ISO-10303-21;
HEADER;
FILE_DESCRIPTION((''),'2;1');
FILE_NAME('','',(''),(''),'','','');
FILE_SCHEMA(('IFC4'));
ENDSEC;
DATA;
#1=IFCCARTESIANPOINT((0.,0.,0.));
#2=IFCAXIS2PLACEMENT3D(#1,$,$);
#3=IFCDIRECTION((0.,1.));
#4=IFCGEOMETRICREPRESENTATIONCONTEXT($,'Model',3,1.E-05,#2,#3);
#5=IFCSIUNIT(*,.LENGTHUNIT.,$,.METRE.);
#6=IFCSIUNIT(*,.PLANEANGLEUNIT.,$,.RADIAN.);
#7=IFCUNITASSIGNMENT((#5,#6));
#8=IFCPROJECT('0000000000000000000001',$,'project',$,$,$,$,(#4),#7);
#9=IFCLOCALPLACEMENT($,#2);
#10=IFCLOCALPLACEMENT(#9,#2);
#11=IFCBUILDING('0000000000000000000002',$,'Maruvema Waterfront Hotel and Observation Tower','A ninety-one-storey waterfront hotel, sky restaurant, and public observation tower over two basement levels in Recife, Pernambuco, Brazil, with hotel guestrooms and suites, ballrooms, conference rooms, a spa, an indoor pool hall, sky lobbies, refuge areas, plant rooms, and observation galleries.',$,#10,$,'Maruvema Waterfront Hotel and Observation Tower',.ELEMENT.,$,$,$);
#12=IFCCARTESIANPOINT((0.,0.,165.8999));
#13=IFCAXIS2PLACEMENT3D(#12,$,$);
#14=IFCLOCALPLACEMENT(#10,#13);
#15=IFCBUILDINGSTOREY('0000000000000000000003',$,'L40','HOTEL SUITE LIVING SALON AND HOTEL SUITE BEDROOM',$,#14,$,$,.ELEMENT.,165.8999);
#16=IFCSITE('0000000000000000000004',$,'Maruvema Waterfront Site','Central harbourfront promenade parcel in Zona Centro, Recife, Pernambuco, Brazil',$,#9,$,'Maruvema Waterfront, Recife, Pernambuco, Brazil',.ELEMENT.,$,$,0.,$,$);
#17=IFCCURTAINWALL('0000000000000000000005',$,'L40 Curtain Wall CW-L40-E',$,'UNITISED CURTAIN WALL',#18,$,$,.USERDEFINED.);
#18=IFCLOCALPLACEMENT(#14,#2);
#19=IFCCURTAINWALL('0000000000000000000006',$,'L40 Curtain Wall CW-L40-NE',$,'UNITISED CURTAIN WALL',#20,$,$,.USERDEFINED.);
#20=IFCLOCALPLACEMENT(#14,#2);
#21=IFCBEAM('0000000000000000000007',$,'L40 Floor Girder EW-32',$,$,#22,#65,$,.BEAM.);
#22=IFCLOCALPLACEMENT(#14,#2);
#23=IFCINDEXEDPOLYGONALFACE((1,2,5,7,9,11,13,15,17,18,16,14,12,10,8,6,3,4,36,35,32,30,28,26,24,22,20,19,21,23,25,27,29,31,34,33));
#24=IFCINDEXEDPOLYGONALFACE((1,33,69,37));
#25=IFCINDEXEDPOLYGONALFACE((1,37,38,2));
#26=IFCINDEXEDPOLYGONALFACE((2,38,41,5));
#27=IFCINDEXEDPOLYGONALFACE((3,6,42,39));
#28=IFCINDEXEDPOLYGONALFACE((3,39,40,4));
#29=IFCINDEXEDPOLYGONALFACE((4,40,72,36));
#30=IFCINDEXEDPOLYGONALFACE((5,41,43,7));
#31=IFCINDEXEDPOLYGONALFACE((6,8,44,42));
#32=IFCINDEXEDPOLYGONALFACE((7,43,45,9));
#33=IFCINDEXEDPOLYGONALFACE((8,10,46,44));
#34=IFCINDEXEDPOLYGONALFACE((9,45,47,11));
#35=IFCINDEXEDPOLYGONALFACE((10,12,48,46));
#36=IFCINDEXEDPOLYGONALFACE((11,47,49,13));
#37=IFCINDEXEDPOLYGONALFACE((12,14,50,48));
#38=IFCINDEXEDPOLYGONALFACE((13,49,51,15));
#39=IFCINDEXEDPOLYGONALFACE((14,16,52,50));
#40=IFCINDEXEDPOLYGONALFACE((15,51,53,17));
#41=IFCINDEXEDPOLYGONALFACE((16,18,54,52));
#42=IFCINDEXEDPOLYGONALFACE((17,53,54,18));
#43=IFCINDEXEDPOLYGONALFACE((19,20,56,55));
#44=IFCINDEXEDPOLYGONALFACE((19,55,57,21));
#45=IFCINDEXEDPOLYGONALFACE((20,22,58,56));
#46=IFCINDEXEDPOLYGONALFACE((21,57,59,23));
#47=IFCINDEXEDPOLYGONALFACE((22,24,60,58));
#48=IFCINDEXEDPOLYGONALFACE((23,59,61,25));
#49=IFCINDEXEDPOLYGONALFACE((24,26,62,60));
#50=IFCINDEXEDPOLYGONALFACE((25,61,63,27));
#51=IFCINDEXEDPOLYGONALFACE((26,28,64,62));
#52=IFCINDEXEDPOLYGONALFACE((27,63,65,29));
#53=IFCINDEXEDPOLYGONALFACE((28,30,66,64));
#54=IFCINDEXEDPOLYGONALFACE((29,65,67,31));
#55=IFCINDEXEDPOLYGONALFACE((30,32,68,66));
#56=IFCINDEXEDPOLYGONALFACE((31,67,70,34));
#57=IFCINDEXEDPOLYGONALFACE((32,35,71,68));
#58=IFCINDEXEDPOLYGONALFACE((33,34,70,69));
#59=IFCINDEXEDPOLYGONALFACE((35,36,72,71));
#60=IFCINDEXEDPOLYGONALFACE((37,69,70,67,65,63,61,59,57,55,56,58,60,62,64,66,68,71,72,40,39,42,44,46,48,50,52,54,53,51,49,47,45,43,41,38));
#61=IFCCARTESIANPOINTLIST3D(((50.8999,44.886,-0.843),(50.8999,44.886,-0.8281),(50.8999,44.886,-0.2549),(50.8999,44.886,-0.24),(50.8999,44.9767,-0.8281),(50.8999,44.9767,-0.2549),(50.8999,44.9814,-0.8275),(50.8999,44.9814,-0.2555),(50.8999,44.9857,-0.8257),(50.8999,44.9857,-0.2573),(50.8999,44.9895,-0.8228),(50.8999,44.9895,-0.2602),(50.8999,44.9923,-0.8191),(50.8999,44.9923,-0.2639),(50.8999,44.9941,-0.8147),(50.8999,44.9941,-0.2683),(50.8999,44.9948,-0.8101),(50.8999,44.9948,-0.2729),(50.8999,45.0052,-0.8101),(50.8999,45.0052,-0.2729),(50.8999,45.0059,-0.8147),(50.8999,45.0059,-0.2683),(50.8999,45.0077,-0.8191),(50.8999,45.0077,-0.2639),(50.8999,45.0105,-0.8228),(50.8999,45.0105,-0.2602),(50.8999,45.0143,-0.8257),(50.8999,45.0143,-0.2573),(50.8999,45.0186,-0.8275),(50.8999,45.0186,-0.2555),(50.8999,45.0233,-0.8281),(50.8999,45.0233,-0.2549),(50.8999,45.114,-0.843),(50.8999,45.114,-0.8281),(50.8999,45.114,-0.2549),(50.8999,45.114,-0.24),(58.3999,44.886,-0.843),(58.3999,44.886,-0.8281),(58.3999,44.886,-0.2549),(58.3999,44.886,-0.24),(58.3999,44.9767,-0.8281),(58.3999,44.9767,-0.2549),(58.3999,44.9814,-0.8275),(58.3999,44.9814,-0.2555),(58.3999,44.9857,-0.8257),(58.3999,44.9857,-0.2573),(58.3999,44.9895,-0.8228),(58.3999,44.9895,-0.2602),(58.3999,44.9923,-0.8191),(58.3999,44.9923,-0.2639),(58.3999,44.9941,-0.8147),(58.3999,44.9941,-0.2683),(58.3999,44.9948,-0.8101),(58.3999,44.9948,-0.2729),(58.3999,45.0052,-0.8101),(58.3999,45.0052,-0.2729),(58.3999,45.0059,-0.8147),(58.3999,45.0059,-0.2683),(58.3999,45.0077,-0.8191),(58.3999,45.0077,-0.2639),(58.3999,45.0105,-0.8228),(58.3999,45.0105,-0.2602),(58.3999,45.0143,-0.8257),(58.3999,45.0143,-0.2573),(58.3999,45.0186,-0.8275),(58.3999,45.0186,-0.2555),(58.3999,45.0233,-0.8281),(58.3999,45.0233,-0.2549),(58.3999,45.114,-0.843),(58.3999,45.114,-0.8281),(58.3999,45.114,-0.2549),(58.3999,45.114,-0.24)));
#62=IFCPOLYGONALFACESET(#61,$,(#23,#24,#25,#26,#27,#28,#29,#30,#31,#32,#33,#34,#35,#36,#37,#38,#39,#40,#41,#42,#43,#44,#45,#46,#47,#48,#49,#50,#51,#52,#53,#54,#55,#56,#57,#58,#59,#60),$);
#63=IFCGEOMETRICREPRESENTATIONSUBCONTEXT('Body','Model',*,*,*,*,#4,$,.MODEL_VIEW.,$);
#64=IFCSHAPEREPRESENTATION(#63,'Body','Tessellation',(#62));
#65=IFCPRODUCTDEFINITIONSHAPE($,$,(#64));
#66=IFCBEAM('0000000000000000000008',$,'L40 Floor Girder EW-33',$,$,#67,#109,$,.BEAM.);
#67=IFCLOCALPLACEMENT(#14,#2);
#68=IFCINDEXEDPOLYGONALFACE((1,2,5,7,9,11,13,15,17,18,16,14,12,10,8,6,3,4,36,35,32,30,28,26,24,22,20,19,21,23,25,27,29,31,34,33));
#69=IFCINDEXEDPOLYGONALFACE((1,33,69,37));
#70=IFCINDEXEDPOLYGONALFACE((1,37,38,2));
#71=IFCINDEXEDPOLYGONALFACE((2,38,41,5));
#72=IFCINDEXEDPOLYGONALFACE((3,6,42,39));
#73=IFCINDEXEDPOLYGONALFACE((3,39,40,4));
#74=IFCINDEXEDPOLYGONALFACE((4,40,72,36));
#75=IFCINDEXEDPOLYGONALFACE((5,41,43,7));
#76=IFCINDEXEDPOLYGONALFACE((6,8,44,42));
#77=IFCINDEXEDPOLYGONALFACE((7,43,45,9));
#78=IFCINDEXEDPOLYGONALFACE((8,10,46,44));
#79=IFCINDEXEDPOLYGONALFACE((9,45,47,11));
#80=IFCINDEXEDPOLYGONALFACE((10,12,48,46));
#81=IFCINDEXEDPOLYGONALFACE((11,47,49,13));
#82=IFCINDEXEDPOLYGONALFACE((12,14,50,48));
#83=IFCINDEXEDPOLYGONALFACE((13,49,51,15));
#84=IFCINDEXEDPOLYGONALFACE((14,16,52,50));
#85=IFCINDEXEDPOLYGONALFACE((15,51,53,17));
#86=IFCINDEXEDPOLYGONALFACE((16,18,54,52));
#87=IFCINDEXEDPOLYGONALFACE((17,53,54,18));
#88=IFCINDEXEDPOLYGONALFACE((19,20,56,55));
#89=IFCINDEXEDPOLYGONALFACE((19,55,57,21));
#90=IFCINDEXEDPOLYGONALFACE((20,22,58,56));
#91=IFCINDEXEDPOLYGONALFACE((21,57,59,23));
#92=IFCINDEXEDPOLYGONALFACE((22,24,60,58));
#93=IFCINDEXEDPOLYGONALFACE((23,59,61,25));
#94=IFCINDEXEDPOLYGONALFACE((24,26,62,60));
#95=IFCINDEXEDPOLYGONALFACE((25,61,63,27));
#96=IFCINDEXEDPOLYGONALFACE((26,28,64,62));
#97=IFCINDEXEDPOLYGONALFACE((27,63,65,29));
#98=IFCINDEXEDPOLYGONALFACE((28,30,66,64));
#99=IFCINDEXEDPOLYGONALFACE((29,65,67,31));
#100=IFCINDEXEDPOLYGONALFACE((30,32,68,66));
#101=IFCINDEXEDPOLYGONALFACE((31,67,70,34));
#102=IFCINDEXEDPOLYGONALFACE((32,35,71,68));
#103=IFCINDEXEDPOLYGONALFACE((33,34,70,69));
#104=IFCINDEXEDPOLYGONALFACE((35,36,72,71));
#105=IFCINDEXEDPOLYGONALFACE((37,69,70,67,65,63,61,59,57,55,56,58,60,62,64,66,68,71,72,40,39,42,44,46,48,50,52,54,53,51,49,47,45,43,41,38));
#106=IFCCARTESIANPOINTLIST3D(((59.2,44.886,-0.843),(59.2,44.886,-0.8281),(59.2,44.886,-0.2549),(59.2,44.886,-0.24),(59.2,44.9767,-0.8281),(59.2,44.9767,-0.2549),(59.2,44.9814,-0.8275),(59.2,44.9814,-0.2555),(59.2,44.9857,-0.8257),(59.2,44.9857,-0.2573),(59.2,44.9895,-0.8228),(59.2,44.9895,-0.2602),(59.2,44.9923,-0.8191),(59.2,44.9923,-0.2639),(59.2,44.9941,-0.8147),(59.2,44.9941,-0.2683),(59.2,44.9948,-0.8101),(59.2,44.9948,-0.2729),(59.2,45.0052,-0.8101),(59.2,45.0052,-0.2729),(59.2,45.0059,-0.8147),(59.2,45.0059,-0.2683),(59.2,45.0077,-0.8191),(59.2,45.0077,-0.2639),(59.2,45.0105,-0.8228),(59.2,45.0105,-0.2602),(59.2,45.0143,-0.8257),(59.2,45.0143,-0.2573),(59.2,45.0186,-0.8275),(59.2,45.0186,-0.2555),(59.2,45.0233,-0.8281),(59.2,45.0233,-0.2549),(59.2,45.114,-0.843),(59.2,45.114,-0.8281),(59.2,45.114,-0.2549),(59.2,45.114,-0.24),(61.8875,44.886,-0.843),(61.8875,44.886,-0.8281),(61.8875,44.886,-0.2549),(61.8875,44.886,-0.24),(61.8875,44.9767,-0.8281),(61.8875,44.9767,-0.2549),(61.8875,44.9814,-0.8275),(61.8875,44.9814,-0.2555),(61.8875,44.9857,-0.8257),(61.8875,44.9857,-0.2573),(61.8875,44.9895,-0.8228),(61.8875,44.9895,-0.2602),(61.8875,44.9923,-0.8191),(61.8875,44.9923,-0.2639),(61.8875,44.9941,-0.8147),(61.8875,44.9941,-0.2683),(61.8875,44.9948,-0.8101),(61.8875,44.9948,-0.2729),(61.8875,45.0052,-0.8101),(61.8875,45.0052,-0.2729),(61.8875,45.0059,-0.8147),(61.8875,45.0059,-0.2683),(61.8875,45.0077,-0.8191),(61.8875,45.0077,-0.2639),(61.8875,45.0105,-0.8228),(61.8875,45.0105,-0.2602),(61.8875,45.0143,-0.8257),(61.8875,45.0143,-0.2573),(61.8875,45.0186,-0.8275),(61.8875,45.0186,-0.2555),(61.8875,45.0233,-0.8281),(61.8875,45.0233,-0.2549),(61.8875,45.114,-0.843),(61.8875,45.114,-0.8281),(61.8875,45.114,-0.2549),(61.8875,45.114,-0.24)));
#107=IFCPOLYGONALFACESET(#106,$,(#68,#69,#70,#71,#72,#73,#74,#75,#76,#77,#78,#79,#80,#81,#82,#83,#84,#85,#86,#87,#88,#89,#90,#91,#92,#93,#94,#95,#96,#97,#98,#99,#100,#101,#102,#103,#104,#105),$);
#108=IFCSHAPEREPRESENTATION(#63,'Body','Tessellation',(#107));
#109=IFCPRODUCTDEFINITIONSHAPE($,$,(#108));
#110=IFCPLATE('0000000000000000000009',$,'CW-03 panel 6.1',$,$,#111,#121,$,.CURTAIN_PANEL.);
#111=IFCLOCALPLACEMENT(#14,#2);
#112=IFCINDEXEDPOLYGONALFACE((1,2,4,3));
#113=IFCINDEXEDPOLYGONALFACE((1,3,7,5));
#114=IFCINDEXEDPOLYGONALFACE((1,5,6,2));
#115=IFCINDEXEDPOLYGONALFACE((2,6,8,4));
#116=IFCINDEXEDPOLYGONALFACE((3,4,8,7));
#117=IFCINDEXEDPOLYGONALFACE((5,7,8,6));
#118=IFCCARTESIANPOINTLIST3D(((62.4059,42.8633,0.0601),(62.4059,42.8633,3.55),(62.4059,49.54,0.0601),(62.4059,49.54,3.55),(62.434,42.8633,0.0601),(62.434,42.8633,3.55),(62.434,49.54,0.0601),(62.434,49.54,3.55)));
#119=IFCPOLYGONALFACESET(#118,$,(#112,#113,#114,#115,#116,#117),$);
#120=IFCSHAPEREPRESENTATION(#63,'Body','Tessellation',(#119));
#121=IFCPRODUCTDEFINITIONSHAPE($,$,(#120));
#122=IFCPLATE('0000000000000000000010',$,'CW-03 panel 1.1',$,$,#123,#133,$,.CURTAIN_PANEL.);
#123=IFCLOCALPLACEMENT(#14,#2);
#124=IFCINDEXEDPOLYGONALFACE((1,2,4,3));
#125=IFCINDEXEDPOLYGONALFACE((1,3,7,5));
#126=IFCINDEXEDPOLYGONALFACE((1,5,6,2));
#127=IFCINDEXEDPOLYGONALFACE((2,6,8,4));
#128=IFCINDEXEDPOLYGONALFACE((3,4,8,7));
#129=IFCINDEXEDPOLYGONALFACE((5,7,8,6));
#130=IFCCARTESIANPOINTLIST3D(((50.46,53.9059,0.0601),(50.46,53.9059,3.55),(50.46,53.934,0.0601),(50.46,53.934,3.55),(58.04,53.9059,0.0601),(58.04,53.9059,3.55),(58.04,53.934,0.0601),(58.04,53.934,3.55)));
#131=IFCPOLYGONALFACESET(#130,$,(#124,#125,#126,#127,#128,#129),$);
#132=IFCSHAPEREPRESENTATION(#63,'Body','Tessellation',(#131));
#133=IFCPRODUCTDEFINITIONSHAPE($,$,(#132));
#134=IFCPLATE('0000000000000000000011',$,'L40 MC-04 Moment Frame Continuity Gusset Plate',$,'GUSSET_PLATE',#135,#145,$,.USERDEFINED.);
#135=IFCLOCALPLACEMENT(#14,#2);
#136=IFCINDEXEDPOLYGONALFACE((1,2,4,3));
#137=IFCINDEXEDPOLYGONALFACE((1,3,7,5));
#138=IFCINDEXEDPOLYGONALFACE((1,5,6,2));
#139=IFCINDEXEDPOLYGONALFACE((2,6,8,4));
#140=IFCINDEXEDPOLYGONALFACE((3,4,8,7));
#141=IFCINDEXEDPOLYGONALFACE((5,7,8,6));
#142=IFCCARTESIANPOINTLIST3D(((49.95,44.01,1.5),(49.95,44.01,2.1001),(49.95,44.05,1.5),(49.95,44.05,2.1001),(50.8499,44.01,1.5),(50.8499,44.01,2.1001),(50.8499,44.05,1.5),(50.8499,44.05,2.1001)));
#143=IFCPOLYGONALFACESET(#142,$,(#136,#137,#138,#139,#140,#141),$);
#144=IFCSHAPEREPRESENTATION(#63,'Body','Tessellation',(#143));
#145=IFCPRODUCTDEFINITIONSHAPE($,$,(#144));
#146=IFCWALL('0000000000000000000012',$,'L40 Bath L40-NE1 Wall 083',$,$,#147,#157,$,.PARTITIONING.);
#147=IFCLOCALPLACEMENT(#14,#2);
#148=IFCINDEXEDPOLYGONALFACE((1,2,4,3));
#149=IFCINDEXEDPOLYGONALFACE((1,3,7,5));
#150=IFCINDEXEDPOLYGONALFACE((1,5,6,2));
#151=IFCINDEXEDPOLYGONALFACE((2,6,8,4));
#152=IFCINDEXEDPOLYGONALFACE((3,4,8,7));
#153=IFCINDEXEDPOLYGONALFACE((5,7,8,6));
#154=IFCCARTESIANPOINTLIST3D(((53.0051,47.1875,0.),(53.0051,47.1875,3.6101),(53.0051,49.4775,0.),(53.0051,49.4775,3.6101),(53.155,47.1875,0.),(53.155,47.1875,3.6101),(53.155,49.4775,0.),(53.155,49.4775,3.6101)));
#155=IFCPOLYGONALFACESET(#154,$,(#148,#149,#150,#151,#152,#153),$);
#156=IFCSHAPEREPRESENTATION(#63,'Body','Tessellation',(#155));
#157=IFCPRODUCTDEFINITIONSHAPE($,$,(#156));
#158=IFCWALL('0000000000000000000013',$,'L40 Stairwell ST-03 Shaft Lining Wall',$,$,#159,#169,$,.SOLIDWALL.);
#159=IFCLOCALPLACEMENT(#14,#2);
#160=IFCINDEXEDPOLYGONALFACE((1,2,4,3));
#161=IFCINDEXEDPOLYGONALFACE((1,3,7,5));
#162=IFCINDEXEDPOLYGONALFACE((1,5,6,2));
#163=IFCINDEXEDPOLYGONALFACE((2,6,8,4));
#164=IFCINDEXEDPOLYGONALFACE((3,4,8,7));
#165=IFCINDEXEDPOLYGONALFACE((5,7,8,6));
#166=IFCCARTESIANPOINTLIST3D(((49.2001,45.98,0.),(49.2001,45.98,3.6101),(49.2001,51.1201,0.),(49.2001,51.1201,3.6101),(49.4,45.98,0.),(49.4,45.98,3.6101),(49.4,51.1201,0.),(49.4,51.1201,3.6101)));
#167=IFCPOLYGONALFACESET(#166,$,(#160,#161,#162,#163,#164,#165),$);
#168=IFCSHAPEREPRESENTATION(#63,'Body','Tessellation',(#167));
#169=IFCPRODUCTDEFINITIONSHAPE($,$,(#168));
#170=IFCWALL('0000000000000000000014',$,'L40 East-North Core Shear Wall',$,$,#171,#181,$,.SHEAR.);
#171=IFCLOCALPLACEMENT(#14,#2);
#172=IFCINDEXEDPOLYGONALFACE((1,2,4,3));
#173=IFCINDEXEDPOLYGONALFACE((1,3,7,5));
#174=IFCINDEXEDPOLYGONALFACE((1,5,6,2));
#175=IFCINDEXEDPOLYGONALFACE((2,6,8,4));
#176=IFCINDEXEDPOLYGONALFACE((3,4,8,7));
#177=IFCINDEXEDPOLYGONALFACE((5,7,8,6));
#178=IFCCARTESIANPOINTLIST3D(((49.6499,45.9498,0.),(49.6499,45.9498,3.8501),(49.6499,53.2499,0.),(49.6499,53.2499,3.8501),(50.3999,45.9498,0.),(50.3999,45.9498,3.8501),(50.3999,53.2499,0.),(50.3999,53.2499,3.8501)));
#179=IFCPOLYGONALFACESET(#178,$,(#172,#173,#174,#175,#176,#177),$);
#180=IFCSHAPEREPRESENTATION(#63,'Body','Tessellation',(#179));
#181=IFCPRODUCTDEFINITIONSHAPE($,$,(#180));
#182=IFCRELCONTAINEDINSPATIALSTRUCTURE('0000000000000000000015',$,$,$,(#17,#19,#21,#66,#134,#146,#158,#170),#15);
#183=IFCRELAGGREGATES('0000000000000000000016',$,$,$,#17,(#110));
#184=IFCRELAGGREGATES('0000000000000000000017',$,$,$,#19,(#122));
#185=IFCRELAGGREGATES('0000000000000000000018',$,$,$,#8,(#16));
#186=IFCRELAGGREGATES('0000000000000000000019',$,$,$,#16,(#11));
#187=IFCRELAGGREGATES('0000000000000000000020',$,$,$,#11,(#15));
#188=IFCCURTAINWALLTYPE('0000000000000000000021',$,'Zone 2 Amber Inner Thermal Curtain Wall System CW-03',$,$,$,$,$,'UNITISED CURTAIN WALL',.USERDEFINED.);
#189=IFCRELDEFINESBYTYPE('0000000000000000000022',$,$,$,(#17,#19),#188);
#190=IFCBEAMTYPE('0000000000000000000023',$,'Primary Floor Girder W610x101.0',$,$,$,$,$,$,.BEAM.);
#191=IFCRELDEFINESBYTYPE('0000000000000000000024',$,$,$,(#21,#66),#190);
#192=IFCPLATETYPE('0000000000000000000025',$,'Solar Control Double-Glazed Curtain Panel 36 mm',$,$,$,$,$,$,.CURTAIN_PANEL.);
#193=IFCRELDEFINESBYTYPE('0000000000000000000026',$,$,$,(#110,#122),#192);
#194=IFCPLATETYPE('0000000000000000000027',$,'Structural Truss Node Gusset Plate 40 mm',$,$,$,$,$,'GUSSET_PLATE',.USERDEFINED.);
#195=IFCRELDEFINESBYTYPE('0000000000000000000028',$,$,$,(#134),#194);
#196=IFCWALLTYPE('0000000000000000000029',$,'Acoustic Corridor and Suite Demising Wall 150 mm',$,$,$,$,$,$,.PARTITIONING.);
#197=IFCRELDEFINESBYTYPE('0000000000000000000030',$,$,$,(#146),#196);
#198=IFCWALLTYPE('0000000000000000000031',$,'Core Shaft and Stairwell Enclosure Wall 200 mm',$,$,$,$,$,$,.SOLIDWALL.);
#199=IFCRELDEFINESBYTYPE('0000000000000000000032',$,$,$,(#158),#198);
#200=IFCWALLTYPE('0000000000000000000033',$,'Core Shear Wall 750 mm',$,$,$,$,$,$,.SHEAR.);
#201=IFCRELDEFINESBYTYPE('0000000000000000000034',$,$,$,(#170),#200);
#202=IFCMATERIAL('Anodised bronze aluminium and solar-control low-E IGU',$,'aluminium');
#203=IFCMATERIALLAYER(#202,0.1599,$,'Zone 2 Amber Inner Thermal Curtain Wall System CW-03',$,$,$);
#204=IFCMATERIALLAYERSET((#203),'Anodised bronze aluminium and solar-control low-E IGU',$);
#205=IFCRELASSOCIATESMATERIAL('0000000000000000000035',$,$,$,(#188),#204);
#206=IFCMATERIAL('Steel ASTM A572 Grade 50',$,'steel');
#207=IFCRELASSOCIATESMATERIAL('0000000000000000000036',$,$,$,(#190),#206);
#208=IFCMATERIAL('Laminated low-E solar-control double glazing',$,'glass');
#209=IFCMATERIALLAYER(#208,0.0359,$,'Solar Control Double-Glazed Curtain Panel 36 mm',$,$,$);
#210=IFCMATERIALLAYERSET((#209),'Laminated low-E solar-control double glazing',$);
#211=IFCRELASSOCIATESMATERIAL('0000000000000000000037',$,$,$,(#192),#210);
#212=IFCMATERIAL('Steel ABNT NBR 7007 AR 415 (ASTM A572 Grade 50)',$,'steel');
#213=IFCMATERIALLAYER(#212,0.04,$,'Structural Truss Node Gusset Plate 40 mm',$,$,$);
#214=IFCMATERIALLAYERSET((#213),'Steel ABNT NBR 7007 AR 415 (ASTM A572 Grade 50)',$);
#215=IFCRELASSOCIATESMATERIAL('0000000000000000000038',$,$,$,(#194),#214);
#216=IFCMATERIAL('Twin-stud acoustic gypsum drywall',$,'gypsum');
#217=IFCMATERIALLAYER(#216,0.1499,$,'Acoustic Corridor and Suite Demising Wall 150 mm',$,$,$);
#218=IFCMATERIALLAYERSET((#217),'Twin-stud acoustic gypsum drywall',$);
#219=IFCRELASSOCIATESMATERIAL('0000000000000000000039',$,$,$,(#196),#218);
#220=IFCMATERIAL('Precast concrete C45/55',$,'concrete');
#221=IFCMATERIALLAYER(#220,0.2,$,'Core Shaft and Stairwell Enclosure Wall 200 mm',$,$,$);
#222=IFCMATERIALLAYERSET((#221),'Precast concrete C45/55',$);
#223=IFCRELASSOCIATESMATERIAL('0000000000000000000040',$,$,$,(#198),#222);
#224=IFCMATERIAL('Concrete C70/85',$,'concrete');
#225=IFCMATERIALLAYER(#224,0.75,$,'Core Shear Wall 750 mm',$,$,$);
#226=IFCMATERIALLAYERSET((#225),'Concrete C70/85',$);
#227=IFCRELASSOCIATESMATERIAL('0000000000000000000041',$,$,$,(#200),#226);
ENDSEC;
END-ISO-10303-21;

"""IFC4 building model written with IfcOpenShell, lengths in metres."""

from ifc_helpers import new_model, si_unit, direction, frame, frame_2d, origin, origin_2d, place, context, subcontext, project, spatial, rectangle, i_section, extrude, material, layer, layer_set, material_profile, profile_set, type_object, element, aggregate, save


model = new_model("IFC4")

# Units and contexts
model_context = context("Model", 3, precision=1e-05, world=origin(), true_north=direction((0.0, 1.0)))
body_context = subcontext(model_context, "Body", "Model", "MODEL_VIEW")
ifc_project = project(units=[si_unit("LENGTHUNIT", "METRE"), si_unit("PLANEANGLEUNIT", "RADIAN")], contexts=[model_context])

# Site, building, storey
site_placement = place(None, origin())
site = spatial("IfcSite", under=ifc_project, at=site_placement, Name="Maruvema Waterfront Site", Description="Central harbourfront promenade parcel in Zona Centro, Recife, Pernambuco, Brazil", LongName="Maruvema Waterfront, Recife, Pernambuco, Brazil", CompositionType="ELEMENT", RefElevation=0.0)
building_placement = place(site_placement, origin())
building = spatial("IfcBuilding", under=site, at=building_placement, Name="Maruvema Waterfront Hotel and Observation Tower", Description="A ninety-one-storey waterfront hotel, sky restaurant, and public observation tower over two basement levels in Recife, Pernambuco, Brazil, with hotel guestrooms and suites, ballrooms, conference rooms, a spa, an indoor pool hall, sky lobbies, refuge areas, plant rooms, and observation galleries.", LongName="Maruvema Waterfront Hotel and Observation Tower", CompositionType="ELEMENT")
storey_placement = place(building_placement, frame((0.0, 0.0, 165.8999)))
storey = spatial("IfcBuildingStorey", under=building, at=storey_placement, Name="L40", Description="HOTEL SUITE LIVING SALON AND HOTEL SUITE BEDROOM", CompositionType="ELEMENT", Elevation=165.8999)

# Curtain wall
ifc_material_1 = material(Name="Anodised bronze aluminium and solar-control low-E IGU", Category="aluminium")
ifc_layer_1 = layer(ifc_material_1, 0.1599, Name="Zone 2 Amber Inner Thermal Curtain Wall System CW-03")
ifc_layer_set_1 = layer_set([ifc_layer_1], Name="Anodised bronze aluminium and solar-control low-E IGU")
curtain_wall_type = type_object("IfcCurtainWallType", Name="Zone 2 Amber Inner Thermal Curtain Wall System CW-03", ElementType="UNITISED CURTAIN WALL", PredefinedType="USERDEFINED", material=ifc_layer_set_1)
curtain_wall_1_placement = place(storey_placement, origin())
curtain_wall_1 = element("IfcCurtainWall", 1, at=curtain_wall_1_placement, inside=storey, type_object=curtain_wall_type, Name="L40 Curtain Wall CW-L40-E", ObjectType="UNITISED CURTAIN WALL", PredefinedType="USERDEFINED")

# Curtain wall
curtain_wall_2_placement = place(storey_placement, origin())
curtain_wall_2 = element("IfcCurtainWall", 2, at=curtain_wall_2_placement, inside=storey, type_object=curtain_wall_type, Name="L40 Curtain Wall CW-L40-NE", ObjectType="UNITISED CURTAIN WALL", PredefinedType="USERDEFINED")

# Beams
ifc_material_2 = material(Name="Steel ASTM A572 Grade 50", Category="steel")
ifc_material_profile_1 = material_profile(ifc_material_2, i_section(OverallWidth=0.228, OverallDepth=0.603, WebThickness=0.0105, FlangeThickness=0.0149, FilletRadius=0.0181, at=origin_2d()), Name="W610x101.0")
ifc_profile_set_1 = profile_set([ifc_material_profile_1], Name="Steel ASTM A572 Grade 50")
beam_type = type_object("IfcBeamType", Name="Primary Floor Girder W610x101.0", PredefinedType="BEAM", material=ifc_profile_set_1)
beam_1_placement = place(storey_placement, frame((50.8999, 45.0, -0.5415), z_axis=(1.0, 0.0, 0.0), x_axis=(0.0, 1.0, 0.0)))
element("IfcBeam", 3, at=beam_1_placement, inside=storey, type_object=beam_type, Name="L40 Floor Girder EW-32", PredefinedType="BEAM", context=body_context, shape_type="SweptSolid", body=[
    extrude(i_section(OverallWidth=0.228, OverallDepth=0.603, WebThickness=0.0105, FlangeThickness=0.0149, FilletRadius=0.0181, at=origin_2d()), origin(), (0.0, 0.0, 1.0), 7.5),
])
beam_2_placement = place(storey_placement, frame((59.2, 45.0, -0.5415), z_axis=(1.0, 0.0, 0.0), x_axis=(0.0, 1.0, 0.0)))
element("IfcBeam", 4, at=beam_2_placement, inside=storey, type_object=beam_type, Name="L40 Floor Girder EW-33", PredefinedType="BEAM", context=body_context, shape_type="SweptSolid", body=[
    extrude(i_section(OverallWidth=0.228, OverallDepth=0.603, WebThickness=0.0105, FlangeThickness=0.0149, FilletRadius=0.0181, at=origin_2d()), origin(), (0.0, 0.0, 1.0), 2.6875),
])

# Plates
ifc_material_3 = material(Name="Laminated low-E solar-control double glazing", Category="glass")
ifc_layer_2 = layer(ifc_material_3, 0.0359, Name="Solar Control Double-Glazed Curtain Panel 36 mm")
ifc_layer_set_2 = layer_set([ifc_layer_2], Name="Laminated low-E solar-control double glazing")
plate_type_1 = type_object("IfcPlateType", Name="Solar Control Double-Glazed Curtain Panel 36 mm", PredefinedType="CURTAIN_PANEL", material=ifc_layer_set_2)
plate_1_placement = place(storey_placement, frame((62.4199, 46.2017, 0.0601), z_axis=(0.0, 0.0, 1.0), x_axis=(0.0, 1.0, 0.0)))
plate_1 = element("IfcPlate", 5, at=plate_1_placement, type_object=plate_type_1, Name="CW-03 panel 6.1", PredefinedType="CURTAIN_PANEL", context=body_context, shape_type="SweptSolid", body=[
    extrude(rectangle(XDim=6.6768, YDim=0.0281, at=origin_2d()), origin(), (0.0, 0.0, 1.0), 3.49),
])
aggregate(curtain_wall_1, [plate_1])
plate_2_placement = place(storey_placement, frame((54.25, 53.9199, 0.0601), z_axis=(0.0, 0.0, 1.0), x_axis=(-1.0, 0.0, 0.0)))
plate_2 = element("IfcPlate", 6, at=plate_2_placement, type_object=plate_type_1, Name="CW-03 panel 1.1", PredefinedType="CURTAIN_PANEL", context=body_context, shape_type="SweptSolid", body=[
    extrude(rectangle(XDim=7.5801, YDim=0.0281, at=origin_2d()), origin(), (0.0, 0.0, 1.0), 3.49),
])
aggregate(curtain_wall_2, [plate_2])
ifc_material_4 = material(Name="Steel ABNT NBR 7007 AR 415 (ASTM A572 Grade 50)", Category="steel")
ifc_layer_3 = layer(ifc_material_4, 0.04, Name="Structural Truss Node Gusset Plate 40 mm")
ifc_layer_set_3 = layer_set([ifc_layer_3], Name="Steel ABNT NBR 7007 AR 415 (ASTM A572 Grade 50)")
plate_type_2 = type_object("IfcPlateType", Name="Structural Truss Node Gusset Plate 40 mm", ElementType="GUSSET_PLATE", PredefinedType="USERDEFINED", material=ifc_layer_set_3)
plate_3_placement = place(storey_placement, frame((50.3999, 44.03, 1.5), z_axis=(0.0, 0.0, 1.0), x_axis=(1.0, 0.0, 0.0)))
element("IfcPlate", 7, at=plate_3_placement, inside=storey, type_object=plate_type_2, Name="L40 MC-04 Moment Frame Continuity Gusset Plate", ObjectType="GUSSET_PLATE", PredefinedType="USERDEFINED", context=body_context, shape_type="SweptSolid", body=[
    extrude(rectangle(XDim=0.8999, YDim=0.04, at=origin_2d()), origin(), (0.0, 0.0, 1.0), 0.6001),
])

# Walls
ifc_material_5 = material(Name="Twin-stud acoustic gypsum drywall", Category="gypsum")
ifc_layer_4 = layer(ifc_material_5, 0.1499, Name="Acoustic Corridor and Suite Demising Wall 150 mm")
ifc_layer_set_4 = layer_set([ifc_layer_4], Name="Twin-stud acoustic gypsum drywall")
wall_type_1 = type_object("IfcWallType", Name="Acoustic Corridor and Suite Demising Wall 150 mm", PredefinedType="PARTITIONING", material=ifc_layer_set_4)
wall_1_placement = place(storey_placement, frame((53.0801, 47.1875, 0.0), z_axis=(0.0, 0.0, 1.0), x_axis=(0.0, 1.0, 0.0)))
element("IfcWall", 8, at=wall_1_placement, inside=storey, type_object=wall_type_1, Name="L40 Bath L40-NE1 Wall 083", PredefinedType="PARTITIONING", context=body_context, shape_type="SweptSolid", body=[
    extrude(rectangle(XDim=2.29, YDim=0.1499, at=frame_2d((1.145, 0.0))), origin(), (0.0, 0.0, 1.0), 3.6101),
])
ifc_material_6 = material(Name="Precast concrete C45/55", Category="concrete")
ifc_layer_5 = layer(ifc_material_6, 0.2, Name="Core Shaft and Stairwell Enclosure Wall 200 mm")
ifc_layer_set_5 = layer_set([ifc_layer_5], Name="Precast concrete C45/55")
wall_type_2 = type_object("IfcWallType", Name="Core Shaft and Stairwell Enclosure Wall 200 mm", PredefinedType="SOLIDWALL", material=ifc_layer_set_5)
wall_2_placement = place(storey_placement, frame((49.3, 45.98, 0.0), z_axis=(0.0, 0.0, 1.0), x_axis=(0.0, 1.0, 0.0)))
element("IfcWall", 9, at=wall_2_placement, inside=storey, type_object=wall_type_2, Name="L40 Stairwell ST-03 Shaft Lining Wall", PredefinedType="SOLIDWALL", context=body_context, shape_type="SweptSolid", body=[
    extrude(rectangle(XDim=5.1401, YDim=0.2, at=frame_2d((2.5701, 0.0))), origin(), (0.0, 0.0, 1.0), 3.6101),
])
ifc_material_7 = material(Name="Concrete C70/85", Category="concrete")
ifc_layer_6 = layer(ifc_material_7, 0.75, Name="Core Shear Wall 750 mm")
ifc_layer_set_6 = layer_set([ifc_layer_6], Name="Concrete C70/85")
wall_type_3 = type_object("IfcWallType", Name="Core Shear Wall 750 mm", PredefinedType="SHEAR", material=ifc_layer_set_6)
wall_3_placement = place(storey_placement, frame((50.0249, 45.95, 0.0), z_axis=(0.0, 0.0, 1.0), x_axis=(0.0, 1.0, 0.0)))
element("IfcWall", 10, at=wall_3_placement, inside=storey, type_object=wall_type_3, Name="L40 East-North Core Shear Wall", PredefinedType="SHEAR", context=body_context, shape_type="SweptSolid", body=[
    extrude(rectangle(XDim=7.3, YDim=0.75, at=frame_2d((3.6499, 0.0))), origin(), (0.0, 0.0, 1.0), 3.8501),
])

save(model, "model.ifc")
